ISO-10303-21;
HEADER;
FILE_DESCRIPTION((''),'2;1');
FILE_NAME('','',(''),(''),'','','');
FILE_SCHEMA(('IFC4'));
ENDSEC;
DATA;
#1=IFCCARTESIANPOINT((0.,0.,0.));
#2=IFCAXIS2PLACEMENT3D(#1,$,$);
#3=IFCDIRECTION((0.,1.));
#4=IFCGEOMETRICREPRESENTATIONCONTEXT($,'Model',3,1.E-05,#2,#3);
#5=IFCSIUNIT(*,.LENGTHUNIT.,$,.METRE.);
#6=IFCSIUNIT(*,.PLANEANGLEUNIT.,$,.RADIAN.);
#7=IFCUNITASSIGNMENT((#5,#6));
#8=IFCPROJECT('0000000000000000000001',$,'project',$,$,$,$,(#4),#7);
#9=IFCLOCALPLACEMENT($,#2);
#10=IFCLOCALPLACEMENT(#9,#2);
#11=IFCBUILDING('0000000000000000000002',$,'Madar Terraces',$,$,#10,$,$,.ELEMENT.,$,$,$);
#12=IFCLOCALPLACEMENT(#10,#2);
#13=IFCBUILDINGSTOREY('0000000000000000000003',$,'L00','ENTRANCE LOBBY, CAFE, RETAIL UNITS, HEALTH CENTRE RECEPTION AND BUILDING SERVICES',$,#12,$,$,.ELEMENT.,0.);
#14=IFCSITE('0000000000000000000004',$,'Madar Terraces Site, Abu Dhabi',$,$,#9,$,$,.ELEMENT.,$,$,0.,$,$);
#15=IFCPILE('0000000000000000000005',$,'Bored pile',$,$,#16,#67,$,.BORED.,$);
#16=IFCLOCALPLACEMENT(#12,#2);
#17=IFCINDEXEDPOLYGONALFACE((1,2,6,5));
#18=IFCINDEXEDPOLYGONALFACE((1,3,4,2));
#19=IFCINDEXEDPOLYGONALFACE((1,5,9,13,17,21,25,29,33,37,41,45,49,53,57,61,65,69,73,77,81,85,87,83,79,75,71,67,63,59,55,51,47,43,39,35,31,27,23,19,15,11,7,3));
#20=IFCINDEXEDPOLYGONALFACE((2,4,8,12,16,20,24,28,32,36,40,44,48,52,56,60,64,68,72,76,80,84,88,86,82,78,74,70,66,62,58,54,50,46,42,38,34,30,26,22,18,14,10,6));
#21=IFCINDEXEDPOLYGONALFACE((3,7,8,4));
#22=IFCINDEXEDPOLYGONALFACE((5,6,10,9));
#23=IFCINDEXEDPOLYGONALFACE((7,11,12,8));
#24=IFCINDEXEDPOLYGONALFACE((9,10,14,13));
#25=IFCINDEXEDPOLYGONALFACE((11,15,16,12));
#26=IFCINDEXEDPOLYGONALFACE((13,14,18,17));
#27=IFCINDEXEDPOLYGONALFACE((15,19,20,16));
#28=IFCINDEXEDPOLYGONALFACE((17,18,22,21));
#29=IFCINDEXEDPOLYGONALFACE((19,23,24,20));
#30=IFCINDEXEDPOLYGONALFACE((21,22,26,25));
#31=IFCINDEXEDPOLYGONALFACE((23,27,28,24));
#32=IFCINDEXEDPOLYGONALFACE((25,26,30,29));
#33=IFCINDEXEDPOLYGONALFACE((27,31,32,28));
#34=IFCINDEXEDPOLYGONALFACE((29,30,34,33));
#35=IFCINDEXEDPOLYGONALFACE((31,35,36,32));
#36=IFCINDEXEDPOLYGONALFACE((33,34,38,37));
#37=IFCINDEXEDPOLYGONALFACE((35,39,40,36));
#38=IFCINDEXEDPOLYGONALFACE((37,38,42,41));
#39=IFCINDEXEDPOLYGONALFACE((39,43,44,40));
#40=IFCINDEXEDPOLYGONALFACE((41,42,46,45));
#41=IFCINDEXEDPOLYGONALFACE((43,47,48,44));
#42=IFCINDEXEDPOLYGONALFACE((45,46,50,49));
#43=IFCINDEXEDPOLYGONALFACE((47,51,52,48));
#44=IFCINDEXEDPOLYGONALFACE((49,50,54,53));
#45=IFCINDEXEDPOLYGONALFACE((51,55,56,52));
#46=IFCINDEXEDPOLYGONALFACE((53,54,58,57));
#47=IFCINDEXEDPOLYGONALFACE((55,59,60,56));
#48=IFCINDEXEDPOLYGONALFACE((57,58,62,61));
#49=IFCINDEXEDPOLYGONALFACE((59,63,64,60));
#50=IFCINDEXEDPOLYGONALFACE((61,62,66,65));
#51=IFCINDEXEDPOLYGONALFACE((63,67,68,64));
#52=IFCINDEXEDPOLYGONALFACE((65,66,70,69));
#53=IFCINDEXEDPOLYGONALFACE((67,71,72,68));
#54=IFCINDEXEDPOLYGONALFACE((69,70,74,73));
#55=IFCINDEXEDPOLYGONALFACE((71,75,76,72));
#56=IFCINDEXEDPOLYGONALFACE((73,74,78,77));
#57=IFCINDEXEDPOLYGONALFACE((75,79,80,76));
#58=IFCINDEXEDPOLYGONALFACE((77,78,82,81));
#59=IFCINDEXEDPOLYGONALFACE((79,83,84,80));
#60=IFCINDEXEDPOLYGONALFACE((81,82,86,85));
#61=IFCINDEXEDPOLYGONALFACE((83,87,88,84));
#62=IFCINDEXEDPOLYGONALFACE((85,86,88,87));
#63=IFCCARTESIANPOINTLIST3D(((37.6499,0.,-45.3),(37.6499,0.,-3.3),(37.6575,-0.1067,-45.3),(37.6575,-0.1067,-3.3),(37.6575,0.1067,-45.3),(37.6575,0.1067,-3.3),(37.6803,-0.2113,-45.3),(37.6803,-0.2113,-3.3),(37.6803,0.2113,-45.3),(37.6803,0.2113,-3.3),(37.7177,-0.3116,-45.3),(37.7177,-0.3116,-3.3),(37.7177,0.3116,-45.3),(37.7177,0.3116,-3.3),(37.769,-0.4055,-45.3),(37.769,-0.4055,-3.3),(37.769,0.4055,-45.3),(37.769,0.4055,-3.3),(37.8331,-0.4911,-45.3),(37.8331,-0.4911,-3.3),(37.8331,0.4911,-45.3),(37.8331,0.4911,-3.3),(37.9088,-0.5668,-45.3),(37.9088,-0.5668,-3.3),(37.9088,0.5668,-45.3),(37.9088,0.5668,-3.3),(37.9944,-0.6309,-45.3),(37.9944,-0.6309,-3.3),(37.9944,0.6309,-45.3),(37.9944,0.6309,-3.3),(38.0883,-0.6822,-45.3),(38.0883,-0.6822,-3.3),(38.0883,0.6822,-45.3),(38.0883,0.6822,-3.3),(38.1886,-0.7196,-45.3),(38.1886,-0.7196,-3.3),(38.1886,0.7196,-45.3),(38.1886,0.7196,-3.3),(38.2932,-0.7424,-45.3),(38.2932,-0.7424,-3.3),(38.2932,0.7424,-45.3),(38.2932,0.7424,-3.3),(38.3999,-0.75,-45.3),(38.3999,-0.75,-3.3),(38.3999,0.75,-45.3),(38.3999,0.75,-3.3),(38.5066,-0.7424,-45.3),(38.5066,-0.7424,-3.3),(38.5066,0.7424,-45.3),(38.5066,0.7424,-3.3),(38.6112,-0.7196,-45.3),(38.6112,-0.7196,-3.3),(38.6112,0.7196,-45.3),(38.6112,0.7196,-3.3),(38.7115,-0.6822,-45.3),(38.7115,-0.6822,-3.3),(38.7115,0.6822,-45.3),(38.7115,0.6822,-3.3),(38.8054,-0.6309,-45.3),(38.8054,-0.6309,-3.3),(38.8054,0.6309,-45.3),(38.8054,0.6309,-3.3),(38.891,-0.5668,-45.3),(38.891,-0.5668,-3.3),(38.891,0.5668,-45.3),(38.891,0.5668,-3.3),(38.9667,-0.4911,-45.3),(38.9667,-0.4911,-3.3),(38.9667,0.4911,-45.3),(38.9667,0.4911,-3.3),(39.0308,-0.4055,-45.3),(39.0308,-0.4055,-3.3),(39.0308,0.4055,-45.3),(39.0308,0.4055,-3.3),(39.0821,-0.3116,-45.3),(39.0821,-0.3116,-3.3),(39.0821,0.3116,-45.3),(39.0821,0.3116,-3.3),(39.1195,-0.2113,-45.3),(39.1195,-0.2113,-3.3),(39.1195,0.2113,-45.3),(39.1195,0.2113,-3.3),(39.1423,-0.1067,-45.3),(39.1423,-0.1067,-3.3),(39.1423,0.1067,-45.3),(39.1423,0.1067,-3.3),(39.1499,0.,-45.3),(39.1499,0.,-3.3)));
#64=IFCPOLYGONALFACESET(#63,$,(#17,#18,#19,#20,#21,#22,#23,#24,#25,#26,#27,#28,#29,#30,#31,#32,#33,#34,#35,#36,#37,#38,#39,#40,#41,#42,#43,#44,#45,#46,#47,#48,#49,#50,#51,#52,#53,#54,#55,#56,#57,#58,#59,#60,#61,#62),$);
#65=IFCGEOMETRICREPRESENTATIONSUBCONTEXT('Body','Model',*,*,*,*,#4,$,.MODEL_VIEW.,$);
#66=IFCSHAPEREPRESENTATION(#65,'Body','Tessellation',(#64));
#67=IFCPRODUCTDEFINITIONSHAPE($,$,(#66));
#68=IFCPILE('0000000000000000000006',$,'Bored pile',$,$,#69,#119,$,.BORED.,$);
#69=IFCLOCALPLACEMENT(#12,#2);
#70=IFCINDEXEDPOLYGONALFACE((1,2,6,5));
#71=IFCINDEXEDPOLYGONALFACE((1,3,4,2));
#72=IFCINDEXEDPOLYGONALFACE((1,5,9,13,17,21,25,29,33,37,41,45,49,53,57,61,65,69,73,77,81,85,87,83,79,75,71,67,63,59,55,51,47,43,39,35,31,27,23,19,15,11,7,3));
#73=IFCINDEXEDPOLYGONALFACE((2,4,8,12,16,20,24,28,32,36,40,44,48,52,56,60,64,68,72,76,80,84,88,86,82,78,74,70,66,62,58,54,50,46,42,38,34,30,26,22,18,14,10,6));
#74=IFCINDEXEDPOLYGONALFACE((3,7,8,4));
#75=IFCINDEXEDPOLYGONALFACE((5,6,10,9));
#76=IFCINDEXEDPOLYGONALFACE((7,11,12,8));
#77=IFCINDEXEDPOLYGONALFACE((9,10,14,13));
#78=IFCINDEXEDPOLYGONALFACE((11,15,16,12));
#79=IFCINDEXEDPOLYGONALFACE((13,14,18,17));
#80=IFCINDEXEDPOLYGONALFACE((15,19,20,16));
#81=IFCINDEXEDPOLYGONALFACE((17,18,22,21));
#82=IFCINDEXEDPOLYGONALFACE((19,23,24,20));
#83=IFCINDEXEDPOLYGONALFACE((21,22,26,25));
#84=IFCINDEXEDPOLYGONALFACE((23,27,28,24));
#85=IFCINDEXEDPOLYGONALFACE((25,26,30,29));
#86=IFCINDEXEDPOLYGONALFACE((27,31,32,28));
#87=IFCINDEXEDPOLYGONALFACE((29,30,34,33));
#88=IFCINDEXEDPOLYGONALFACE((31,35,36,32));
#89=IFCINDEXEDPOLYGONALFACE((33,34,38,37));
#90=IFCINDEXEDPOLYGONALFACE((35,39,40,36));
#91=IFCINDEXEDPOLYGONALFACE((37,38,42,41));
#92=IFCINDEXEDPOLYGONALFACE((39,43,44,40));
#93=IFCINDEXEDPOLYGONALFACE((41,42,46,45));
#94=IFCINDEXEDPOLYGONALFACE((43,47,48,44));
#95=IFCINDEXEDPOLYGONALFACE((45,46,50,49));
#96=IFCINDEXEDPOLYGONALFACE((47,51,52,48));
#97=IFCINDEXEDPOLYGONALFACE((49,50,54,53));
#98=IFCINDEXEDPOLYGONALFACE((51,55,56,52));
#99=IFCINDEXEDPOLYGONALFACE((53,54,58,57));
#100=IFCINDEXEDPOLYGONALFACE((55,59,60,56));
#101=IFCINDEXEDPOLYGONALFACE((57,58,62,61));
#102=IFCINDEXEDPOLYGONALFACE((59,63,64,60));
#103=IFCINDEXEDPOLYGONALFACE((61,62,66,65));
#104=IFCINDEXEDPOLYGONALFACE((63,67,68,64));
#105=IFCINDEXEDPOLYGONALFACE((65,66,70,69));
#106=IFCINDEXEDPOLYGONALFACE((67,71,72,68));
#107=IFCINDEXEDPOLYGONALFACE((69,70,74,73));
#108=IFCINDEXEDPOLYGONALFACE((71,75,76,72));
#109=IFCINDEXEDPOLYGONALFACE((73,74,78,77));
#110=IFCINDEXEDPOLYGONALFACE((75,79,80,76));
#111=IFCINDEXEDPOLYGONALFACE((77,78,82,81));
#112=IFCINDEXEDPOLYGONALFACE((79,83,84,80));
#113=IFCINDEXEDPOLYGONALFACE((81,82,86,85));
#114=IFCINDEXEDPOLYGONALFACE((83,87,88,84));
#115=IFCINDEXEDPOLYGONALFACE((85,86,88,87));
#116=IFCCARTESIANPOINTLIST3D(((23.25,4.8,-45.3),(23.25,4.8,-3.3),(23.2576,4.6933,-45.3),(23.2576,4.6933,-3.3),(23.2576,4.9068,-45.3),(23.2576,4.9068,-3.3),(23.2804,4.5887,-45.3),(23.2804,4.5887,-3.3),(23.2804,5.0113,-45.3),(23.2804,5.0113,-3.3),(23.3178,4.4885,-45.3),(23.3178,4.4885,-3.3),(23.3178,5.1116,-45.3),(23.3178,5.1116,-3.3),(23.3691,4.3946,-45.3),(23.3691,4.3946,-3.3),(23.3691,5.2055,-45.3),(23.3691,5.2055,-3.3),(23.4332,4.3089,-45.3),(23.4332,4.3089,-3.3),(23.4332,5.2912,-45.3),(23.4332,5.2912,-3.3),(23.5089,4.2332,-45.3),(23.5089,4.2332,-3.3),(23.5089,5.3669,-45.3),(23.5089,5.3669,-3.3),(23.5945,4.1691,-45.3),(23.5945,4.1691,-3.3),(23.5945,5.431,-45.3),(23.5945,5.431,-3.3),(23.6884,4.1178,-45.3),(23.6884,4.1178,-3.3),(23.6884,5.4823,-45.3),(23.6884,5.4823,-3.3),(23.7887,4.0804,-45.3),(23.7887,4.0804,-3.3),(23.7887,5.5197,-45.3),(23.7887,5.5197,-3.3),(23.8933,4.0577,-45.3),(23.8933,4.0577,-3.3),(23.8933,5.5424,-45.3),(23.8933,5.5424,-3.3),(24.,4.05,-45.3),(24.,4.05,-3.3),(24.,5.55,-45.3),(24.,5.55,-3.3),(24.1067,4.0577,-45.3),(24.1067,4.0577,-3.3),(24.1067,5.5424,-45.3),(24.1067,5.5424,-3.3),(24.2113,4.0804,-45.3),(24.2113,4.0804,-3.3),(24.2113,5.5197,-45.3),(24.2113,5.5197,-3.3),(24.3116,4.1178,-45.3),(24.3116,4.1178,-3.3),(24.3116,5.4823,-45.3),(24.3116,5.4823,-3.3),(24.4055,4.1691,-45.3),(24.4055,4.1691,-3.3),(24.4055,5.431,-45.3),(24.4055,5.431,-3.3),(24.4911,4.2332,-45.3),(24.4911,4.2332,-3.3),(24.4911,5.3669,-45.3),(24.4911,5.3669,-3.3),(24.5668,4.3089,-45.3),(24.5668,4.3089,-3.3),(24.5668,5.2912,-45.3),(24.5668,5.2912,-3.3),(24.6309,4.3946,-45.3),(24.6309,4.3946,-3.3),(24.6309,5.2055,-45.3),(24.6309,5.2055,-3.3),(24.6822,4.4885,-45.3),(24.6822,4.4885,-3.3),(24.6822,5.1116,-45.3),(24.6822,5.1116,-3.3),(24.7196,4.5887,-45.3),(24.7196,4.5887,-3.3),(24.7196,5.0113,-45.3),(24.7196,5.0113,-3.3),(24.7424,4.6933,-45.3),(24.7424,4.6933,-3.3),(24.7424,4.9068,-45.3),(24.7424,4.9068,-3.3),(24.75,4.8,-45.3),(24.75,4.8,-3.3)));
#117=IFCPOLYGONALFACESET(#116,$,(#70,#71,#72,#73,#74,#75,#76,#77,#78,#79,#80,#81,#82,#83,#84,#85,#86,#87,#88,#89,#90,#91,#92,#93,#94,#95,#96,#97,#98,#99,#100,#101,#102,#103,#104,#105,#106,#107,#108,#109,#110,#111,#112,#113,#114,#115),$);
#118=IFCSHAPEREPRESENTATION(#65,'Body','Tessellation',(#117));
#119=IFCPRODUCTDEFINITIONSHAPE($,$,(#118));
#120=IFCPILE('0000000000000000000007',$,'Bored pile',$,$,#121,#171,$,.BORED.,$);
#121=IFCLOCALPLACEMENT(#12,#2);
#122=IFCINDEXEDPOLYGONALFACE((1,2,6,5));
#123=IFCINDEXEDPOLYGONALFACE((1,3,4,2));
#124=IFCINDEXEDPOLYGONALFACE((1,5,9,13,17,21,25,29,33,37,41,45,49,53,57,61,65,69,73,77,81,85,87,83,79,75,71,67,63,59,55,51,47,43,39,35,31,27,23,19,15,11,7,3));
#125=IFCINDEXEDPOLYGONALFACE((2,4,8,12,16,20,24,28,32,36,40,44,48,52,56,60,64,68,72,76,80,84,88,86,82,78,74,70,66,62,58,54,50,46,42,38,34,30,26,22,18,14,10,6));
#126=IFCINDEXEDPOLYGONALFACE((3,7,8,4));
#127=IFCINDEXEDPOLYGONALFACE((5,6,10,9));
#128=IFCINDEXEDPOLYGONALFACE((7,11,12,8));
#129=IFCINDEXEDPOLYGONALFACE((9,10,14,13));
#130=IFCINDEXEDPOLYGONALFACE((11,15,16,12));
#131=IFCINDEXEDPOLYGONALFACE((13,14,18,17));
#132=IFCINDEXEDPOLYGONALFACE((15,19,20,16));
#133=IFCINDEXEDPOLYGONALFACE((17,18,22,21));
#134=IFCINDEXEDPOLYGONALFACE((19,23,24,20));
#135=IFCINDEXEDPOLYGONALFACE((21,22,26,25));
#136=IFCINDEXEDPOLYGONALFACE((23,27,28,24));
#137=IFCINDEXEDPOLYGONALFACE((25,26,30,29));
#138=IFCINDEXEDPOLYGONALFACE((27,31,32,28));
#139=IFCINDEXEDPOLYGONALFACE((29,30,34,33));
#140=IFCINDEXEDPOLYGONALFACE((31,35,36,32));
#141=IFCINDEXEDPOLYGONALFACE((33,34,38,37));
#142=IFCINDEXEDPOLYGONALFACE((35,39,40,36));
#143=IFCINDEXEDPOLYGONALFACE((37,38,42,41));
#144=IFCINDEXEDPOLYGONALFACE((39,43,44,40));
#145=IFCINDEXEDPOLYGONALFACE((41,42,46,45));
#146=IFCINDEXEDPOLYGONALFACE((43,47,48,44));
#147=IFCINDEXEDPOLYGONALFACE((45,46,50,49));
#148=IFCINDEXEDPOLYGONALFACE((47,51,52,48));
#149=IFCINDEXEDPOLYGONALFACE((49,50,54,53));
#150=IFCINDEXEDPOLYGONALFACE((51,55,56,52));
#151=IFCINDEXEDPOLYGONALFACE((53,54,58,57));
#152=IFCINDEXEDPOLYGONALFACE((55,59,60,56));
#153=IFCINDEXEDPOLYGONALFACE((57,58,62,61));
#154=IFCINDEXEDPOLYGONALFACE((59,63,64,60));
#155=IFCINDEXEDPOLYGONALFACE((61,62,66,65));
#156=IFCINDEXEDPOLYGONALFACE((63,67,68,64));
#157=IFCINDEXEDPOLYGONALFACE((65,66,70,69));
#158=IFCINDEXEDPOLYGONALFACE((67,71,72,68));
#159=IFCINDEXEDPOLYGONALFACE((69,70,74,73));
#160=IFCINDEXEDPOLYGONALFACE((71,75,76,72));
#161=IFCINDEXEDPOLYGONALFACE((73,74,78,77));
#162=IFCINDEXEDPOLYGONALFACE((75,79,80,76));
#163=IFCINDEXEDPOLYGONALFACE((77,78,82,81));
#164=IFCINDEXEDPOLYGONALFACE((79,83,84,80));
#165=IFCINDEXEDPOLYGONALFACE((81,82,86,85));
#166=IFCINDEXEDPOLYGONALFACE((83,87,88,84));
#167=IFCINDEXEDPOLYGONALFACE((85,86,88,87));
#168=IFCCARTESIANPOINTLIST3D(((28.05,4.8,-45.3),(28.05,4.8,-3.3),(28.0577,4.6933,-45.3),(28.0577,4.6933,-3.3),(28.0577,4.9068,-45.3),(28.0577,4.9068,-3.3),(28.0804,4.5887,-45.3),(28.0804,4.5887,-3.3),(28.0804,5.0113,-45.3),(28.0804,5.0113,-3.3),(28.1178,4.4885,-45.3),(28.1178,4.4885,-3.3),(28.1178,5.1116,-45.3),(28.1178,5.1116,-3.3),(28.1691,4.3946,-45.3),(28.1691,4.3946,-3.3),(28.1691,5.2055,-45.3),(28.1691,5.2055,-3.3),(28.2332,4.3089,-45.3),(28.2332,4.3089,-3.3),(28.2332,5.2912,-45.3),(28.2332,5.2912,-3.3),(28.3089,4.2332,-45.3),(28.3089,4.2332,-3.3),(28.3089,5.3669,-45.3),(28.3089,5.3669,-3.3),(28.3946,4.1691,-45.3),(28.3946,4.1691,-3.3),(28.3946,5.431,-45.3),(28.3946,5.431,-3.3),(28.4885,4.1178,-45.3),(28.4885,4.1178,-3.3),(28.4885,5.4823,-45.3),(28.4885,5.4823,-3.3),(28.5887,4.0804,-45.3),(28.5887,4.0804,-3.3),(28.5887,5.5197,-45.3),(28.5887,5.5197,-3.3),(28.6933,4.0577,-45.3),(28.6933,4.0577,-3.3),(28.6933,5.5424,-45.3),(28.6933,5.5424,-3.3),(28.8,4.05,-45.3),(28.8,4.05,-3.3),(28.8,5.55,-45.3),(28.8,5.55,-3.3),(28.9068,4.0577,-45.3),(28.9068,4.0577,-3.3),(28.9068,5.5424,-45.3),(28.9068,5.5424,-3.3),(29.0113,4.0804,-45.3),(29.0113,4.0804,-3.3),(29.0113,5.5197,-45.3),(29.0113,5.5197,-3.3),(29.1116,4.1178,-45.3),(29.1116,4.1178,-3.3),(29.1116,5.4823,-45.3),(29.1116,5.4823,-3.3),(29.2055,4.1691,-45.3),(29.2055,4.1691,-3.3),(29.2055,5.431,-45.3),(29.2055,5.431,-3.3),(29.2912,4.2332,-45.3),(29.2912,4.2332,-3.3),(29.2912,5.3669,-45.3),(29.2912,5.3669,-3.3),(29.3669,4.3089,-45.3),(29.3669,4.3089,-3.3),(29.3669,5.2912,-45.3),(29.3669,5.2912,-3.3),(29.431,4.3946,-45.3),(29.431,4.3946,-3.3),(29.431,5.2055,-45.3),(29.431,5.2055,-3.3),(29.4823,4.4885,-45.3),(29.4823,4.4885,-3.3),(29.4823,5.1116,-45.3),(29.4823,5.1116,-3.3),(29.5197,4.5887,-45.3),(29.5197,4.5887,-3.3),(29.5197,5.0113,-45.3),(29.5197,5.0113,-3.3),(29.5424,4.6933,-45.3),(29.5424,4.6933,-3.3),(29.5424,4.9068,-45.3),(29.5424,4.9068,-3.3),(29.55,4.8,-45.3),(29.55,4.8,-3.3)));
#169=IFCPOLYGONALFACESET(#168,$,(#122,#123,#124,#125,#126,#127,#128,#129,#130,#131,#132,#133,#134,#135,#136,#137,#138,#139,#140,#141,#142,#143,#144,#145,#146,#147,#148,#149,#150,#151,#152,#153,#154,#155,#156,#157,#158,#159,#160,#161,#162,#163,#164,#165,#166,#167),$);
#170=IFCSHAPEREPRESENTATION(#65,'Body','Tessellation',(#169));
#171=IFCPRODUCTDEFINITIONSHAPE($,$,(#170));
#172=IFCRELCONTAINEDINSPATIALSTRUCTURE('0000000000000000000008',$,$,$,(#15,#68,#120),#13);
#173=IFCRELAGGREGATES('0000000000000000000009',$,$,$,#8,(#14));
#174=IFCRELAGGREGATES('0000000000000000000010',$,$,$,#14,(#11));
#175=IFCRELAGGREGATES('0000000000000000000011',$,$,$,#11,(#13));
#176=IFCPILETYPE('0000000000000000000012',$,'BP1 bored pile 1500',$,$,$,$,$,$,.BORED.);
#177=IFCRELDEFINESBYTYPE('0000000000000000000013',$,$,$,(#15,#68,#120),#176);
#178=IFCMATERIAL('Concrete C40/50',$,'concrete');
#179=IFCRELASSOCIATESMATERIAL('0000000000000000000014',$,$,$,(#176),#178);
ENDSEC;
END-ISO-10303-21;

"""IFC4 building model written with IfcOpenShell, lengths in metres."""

from ifc_helpers import new_model, si_unit, direction, frame, origin, origin_2d, place, context, subcontext, project, spatial, circle, extrude, material, material_profile, profile_set, type_object, element, save


model = new_model("IFC4")

# Units and contexts
model_context = context("Model", 3, precision=1e-05, world=origin(), true_north=direction((0.0, 1.0)))
body_context = subcontext(model_context, "Body", "Model", "MODEL_VIEW")
ifc_project = project(units=[si_unit("LENGTHUNIT", "METRE"), si_unit("PLANEANGLEUNIT", "RADIAN")], contexts=[model_context])

# Site, building, storey
site_placement = place(None, origin())
site = spatial("IfcSite", under=ifc_project, at=site_placement, Name="Madar Terraces Site, Abu Dhabi", CompositionType="ELEMENT", RefElevation=0.0)
building_placement = place(site_placement, origin())
building = spatial("IfcBuilding", under=site, at=building_placement, Name="Madar Terraces", CompositionType="ELEMENT")
storey_placement = place(building_placement, origin())
storey = spatial("IfcBuildingStorey", under=building, at=storey_placement, Name="L00", Description="ENTRANCE LOBBY, CAFE, RETAIL UNITS, HEALTH CENTRE RECEPTION AND BUILDING SERVICES", CompositionType="ELEMENT", Elevation=0.0)

# Piles
ifc_material_1 = material(Name="Concrete C40/50", Category="concrete")
ifc_material_profile_1 = material_profile(ifc_material_1, circle(Radius=0.75, at=origin_2d()), Name="BP1 bored pile 1500")
ifc_profile_set_1 = profile_set([ifc_material_profile_1], Name="Concrete C40/50")
pile_type = type_object("IfcPileType", Name="BP1 bored pile 1500", PredefinedType="BORED", material=ifc_profile_set_1)
for number, where, z_axis, x_axis, name in (
    (1, (38.3999, 0.0, -3.3), (0.0, 0.0, -1.0), (1.0, 0.0, 0.0), "Bored pile"),
    (2, (24.0, 4.8, -3.3), (0.0, 0.0, -1.0), (1.0, 0.0, 0.0), "Bored pile"),
    (3, (28.8, 4.8, -3.3), (0.0, 0.0, -1.0), (1.0, 0.0, 0.0), "Bored pile"),
):
    element("IfcPile", number, at=place(storey_placement, frame(where, z_axis=z_axis, x_axis=x_axis)), inside=storey, type_object=pile_type, Name=name, PredefinedType="BORED", context=body_context, shape_type="SweptSolid", body=[
        extrude(circle(Radius=0.75, at=origin_2d()), origin(), (0.0, 0.0, 1.0), 42.0),
    ])

save(model, "model.ifc")
